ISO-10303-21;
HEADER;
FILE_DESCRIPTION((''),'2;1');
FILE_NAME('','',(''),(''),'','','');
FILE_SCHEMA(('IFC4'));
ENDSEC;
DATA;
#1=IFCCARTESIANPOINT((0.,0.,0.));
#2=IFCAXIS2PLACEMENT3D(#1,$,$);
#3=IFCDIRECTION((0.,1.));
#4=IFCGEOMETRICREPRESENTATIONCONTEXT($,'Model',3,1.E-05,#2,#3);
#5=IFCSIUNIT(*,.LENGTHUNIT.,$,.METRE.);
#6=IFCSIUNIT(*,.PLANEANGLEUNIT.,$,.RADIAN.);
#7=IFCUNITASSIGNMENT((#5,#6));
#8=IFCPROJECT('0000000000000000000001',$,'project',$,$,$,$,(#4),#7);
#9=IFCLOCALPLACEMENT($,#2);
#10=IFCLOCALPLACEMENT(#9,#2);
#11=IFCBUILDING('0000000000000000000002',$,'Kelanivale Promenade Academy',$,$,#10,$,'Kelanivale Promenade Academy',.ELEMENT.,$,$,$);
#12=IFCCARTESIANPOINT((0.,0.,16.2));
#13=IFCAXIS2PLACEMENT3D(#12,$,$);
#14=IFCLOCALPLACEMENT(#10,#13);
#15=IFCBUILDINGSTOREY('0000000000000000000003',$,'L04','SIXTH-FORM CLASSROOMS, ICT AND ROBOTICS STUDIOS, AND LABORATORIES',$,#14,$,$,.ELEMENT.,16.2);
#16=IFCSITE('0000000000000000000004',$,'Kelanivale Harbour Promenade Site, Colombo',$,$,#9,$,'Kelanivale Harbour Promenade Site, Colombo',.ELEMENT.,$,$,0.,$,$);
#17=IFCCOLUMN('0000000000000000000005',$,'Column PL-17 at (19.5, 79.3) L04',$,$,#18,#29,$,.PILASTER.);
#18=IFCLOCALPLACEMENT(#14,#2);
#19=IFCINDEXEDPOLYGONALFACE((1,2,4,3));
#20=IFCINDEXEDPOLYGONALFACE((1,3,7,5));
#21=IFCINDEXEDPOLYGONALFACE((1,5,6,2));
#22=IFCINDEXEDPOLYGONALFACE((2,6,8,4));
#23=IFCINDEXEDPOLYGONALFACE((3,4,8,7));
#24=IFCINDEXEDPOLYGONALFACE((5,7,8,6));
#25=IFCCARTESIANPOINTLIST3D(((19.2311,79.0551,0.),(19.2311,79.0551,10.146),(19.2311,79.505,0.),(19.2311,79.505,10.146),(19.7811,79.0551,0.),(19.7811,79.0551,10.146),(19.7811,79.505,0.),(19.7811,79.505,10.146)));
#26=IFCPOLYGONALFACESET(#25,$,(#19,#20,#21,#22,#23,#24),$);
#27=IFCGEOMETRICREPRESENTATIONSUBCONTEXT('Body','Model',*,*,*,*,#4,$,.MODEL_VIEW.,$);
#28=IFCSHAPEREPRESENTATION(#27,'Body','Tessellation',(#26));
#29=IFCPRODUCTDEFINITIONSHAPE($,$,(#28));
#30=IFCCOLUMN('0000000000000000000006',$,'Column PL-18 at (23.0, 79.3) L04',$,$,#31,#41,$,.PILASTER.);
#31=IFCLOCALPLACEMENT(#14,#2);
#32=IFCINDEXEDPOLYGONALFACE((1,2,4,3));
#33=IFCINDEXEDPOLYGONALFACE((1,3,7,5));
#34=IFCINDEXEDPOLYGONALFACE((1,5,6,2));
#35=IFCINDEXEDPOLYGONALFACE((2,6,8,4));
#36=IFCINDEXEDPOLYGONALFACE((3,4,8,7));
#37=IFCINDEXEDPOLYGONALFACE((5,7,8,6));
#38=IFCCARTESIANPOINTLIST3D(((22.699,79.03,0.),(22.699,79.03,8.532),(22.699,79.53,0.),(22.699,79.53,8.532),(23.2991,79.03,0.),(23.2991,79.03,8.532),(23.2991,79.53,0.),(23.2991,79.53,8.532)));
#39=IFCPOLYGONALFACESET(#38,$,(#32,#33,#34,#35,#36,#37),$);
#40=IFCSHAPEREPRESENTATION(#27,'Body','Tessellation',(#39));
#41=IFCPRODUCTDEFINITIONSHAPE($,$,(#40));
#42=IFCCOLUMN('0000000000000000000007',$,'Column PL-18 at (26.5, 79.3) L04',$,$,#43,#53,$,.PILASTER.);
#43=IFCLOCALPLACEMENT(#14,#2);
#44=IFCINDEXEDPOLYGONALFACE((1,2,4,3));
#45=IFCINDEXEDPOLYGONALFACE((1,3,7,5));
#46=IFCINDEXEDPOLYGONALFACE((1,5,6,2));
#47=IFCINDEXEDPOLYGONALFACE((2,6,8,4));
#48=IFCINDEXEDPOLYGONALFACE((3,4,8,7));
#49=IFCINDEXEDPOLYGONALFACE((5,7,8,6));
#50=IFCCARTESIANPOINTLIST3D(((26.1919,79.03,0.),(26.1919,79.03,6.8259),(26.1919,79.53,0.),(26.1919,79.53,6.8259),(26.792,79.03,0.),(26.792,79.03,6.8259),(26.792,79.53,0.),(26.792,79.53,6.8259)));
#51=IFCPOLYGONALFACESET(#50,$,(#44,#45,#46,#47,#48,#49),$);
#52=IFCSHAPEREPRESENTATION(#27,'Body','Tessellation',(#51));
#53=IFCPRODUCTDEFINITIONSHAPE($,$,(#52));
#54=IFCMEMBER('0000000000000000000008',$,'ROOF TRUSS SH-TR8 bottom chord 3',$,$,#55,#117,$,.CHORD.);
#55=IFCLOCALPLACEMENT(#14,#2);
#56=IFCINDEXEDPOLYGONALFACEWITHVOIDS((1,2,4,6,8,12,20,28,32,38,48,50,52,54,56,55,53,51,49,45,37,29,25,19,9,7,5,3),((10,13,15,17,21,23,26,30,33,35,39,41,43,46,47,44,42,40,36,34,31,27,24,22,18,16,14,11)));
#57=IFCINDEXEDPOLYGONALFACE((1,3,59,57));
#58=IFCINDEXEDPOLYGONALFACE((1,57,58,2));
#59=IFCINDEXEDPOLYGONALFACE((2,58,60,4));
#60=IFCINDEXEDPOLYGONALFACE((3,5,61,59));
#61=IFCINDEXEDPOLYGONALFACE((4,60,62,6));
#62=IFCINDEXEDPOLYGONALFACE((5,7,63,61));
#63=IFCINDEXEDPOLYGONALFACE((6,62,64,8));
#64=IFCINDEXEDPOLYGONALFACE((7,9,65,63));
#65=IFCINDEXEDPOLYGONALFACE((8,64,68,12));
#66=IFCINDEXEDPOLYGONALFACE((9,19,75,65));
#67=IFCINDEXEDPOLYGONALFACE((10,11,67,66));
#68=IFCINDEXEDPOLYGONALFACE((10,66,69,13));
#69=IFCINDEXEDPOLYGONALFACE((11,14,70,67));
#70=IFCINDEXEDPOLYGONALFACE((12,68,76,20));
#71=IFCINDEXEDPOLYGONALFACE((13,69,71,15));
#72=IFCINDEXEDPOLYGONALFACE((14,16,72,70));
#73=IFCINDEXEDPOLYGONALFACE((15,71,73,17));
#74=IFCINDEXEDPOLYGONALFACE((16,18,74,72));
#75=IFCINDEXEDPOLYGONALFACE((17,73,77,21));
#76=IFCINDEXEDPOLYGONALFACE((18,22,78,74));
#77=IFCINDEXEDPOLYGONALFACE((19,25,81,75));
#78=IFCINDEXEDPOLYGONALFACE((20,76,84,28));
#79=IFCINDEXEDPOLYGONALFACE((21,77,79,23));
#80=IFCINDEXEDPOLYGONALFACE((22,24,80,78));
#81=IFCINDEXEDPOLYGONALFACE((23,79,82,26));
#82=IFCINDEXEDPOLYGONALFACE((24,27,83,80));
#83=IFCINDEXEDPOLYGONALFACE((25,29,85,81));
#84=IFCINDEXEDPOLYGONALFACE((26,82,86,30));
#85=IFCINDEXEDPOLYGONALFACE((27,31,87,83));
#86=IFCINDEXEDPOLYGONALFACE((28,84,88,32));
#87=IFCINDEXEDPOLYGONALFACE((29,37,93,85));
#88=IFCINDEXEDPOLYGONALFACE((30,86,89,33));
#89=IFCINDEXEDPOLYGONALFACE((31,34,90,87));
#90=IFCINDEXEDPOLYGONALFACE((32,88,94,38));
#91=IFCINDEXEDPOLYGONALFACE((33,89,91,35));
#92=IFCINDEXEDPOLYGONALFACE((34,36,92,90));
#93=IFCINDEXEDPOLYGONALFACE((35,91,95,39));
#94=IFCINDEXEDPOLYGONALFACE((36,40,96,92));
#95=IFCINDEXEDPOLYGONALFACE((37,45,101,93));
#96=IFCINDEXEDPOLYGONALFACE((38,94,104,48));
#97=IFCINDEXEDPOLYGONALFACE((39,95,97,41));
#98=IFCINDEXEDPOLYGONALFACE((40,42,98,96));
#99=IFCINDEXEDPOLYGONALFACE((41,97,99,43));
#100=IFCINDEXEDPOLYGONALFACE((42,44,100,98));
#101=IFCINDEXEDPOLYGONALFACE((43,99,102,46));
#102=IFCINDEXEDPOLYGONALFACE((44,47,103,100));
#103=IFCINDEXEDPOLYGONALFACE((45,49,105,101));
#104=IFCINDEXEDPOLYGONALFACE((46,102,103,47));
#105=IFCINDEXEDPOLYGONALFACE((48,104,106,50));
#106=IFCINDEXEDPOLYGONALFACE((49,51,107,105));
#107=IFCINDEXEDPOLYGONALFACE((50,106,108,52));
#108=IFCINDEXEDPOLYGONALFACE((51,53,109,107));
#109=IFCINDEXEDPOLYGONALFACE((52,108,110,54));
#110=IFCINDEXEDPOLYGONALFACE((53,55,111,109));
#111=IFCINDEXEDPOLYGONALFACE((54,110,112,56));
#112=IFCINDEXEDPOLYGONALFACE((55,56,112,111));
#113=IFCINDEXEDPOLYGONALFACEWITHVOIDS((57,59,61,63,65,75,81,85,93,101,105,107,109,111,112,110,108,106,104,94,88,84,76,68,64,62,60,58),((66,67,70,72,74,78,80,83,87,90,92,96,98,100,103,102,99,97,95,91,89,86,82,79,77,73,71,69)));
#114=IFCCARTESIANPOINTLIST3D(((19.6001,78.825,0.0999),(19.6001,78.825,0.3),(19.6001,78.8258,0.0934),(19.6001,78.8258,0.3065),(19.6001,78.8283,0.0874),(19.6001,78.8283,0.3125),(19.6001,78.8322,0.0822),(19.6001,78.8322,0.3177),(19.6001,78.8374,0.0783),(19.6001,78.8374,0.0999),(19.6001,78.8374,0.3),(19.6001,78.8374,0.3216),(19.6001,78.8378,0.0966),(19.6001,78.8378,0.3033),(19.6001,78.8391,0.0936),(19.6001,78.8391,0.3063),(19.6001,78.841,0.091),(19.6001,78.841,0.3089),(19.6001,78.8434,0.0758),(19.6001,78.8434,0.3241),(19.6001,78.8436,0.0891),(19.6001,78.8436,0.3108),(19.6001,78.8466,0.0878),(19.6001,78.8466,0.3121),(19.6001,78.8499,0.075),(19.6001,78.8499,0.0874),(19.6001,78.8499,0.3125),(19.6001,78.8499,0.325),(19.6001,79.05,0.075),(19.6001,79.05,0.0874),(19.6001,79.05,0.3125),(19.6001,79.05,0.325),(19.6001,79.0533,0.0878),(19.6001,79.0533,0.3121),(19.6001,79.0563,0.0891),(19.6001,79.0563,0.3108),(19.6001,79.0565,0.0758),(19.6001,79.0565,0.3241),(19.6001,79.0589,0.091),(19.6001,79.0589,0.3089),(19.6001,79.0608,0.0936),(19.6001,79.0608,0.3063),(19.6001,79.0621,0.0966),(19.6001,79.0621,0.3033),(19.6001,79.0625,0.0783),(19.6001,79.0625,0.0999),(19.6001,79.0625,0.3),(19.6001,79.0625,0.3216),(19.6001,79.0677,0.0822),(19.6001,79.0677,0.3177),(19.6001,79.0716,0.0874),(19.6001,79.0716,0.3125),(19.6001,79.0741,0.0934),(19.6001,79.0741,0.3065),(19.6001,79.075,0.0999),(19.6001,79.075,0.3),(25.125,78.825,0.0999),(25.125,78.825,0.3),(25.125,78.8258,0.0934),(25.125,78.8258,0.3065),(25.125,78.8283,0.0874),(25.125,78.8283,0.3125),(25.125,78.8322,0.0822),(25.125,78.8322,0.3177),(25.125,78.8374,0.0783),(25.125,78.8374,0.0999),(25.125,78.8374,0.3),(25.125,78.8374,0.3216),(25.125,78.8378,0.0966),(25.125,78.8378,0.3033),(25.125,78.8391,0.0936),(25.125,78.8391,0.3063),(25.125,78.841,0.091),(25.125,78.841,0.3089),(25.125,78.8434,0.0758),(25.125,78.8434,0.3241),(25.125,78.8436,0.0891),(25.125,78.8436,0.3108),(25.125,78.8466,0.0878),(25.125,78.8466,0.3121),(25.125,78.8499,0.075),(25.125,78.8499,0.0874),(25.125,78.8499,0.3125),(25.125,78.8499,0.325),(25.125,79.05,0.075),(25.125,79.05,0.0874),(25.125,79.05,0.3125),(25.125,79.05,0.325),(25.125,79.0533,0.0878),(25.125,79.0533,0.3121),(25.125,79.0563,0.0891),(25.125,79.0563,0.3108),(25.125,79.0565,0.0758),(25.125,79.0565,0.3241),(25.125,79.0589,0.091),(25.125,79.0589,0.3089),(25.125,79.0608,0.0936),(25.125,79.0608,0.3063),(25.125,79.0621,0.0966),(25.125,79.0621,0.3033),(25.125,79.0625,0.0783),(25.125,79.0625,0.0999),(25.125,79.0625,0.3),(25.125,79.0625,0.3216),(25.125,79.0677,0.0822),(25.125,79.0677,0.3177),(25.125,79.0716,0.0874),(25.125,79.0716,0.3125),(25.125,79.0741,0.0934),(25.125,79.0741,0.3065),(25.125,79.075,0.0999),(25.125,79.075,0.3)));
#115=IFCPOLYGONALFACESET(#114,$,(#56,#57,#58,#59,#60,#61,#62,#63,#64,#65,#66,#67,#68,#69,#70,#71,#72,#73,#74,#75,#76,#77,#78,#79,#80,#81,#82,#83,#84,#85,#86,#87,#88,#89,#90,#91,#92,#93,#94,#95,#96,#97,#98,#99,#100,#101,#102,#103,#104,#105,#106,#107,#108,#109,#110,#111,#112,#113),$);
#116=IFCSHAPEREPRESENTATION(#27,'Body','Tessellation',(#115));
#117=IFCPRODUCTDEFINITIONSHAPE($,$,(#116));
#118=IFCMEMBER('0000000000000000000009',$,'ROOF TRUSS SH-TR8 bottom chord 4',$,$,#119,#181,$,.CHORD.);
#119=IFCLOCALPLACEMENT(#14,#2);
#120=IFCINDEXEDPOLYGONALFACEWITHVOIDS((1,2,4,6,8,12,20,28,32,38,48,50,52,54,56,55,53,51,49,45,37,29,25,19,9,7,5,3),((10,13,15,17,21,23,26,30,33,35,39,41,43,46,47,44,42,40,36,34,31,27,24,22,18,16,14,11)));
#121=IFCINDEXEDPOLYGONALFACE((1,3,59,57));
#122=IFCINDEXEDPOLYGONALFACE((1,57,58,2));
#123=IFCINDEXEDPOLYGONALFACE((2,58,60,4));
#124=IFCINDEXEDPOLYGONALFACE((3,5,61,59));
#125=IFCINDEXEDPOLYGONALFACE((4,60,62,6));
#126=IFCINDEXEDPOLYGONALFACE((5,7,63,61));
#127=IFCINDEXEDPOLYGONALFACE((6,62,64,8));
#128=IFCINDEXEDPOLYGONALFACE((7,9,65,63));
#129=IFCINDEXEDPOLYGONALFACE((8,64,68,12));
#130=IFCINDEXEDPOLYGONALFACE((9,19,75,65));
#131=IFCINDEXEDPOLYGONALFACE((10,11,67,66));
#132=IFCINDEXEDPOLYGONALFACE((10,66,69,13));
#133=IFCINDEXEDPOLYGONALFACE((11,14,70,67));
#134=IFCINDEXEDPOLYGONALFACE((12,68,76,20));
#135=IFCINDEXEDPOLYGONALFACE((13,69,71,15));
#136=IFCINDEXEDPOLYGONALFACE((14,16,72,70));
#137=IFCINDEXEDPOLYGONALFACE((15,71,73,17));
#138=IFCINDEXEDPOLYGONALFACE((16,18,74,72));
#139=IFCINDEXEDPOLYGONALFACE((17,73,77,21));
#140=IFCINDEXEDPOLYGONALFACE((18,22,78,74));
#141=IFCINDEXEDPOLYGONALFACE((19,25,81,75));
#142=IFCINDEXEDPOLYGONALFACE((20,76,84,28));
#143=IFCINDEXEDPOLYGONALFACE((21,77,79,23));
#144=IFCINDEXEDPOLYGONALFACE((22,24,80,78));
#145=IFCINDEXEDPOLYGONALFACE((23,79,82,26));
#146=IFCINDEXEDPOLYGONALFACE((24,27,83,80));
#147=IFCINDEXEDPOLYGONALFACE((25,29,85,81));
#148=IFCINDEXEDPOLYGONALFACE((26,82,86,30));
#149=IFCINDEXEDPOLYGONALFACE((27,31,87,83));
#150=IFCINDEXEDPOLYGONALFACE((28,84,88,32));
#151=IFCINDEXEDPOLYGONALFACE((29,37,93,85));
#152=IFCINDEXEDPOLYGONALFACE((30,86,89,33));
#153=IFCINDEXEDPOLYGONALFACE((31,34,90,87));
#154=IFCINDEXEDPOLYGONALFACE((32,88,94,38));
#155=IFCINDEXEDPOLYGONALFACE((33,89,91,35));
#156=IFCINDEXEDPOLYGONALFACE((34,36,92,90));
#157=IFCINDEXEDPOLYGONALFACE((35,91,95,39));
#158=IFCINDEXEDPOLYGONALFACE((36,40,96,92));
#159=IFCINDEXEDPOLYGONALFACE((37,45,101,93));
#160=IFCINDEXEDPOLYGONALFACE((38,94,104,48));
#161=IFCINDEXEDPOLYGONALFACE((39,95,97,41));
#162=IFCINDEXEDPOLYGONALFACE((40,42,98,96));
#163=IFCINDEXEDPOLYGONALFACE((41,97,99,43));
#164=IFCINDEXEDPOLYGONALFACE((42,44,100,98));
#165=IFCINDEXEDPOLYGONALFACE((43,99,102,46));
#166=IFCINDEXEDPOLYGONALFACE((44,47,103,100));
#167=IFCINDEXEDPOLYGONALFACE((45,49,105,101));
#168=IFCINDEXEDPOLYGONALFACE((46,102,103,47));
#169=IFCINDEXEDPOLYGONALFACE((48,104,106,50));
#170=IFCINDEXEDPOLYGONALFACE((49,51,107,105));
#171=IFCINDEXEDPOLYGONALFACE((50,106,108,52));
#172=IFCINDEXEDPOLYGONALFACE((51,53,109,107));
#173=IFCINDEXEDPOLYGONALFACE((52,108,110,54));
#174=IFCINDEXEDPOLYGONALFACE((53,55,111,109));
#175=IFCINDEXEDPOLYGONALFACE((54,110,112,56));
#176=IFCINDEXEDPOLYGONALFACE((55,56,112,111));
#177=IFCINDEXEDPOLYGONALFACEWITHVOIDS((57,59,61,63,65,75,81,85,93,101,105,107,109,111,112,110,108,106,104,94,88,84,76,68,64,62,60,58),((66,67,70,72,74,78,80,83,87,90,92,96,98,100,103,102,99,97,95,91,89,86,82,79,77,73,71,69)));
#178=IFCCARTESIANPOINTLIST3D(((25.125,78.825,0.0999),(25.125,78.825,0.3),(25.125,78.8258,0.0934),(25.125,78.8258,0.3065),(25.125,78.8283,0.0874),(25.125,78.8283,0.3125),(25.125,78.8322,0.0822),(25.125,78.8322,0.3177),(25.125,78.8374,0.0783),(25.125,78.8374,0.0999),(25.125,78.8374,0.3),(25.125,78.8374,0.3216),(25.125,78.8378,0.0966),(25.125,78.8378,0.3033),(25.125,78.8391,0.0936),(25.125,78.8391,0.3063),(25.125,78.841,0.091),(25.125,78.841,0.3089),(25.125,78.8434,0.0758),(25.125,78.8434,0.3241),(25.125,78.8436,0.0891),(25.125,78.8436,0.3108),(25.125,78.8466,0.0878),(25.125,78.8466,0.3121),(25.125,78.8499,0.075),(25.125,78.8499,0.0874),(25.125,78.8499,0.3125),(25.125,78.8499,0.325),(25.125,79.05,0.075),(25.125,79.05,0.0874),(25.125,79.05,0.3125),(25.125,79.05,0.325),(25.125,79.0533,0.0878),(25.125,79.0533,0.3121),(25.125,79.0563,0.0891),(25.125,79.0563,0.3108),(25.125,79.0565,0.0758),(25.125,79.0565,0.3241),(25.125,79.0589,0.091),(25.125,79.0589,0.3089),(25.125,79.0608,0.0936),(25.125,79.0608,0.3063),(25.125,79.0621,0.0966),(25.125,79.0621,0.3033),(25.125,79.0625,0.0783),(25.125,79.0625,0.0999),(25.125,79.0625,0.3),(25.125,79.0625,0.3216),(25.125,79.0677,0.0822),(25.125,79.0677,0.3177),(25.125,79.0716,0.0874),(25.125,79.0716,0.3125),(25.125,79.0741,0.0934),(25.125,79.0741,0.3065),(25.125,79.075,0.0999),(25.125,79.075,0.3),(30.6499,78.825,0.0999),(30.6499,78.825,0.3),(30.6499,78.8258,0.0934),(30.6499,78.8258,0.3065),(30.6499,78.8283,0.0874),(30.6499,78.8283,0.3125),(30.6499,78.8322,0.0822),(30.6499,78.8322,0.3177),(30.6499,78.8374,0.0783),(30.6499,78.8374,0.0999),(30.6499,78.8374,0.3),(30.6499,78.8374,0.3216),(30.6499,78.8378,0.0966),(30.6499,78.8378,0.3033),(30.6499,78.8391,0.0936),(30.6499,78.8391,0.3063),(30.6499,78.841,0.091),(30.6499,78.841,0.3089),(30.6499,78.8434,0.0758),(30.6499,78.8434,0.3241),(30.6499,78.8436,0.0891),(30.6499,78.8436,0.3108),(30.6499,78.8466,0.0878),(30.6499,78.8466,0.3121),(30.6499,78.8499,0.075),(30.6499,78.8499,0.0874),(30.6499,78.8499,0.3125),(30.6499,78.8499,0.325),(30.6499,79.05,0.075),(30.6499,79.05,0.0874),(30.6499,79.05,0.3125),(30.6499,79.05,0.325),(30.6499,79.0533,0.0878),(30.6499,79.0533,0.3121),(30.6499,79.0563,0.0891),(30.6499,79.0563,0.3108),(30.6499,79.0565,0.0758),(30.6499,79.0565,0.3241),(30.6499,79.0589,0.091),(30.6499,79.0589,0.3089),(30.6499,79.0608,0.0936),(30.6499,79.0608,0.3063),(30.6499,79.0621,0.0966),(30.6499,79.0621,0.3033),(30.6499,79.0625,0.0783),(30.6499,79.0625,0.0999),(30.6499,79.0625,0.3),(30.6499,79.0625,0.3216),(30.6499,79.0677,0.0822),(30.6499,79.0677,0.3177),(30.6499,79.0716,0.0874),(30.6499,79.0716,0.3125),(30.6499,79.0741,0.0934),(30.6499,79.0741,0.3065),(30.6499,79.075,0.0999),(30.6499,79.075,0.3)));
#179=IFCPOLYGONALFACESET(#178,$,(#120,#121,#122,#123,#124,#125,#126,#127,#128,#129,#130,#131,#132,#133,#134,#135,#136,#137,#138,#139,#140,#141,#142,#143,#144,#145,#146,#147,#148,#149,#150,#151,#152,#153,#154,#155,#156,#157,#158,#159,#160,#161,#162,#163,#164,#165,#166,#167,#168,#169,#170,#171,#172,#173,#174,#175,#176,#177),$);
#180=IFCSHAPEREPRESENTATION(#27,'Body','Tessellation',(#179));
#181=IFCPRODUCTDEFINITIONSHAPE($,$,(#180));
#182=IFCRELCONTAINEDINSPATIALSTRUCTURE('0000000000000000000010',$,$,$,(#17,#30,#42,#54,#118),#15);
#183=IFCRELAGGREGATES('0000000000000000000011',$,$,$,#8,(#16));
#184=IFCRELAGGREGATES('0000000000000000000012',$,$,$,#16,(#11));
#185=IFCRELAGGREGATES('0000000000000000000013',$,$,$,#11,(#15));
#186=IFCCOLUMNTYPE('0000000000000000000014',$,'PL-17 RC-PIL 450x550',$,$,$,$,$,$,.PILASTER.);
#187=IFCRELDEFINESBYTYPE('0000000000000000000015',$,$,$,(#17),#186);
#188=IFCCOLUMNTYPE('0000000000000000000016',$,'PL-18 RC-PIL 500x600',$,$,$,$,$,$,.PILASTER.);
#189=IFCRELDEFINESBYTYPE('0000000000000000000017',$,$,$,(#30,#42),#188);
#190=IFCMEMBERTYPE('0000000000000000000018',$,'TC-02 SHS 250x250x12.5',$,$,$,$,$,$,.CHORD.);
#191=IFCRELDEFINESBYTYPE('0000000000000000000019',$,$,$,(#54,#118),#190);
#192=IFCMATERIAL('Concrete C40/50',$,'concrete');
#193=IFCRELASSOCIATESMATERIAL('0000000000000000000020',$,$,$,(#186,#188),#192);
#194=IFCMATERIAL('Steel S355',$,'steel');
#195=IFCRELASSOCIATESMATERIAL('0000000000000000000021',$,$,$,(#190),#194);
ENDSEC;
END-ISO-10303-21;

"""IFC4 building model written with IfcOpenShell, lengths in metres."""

from ifc_helpers import new_model, si_unit, direction, frame, origin, origin_2d, place, context, subcontext, project, spatial, rectangle, hollow_rectangle, extrude, material, material_profile, profile_set, type_object, element, save


model = new_model("IFC4")

# Units and contexts
model_context = context("Model", 3, precision=1e-05, world=origin(), true_north=direction((0.0, 1.0)))
body_context = subcontext(model_context, "Body", "Model", "MODEL_VIEW")
ifc_project = project(units=[si_unit("LENGTHUNIT", "METRE"), si_unit("PLANEANGLEUNIT", "RADIAN")], contexts=[model_context])

# Site, building, storey
site_placement = place(None, origin())
site = spatial("IfcSite", under=ifc_project, at=site_placement, Name="Kelanivale Harbour Promenade Site, Colombo", LongName="Kelanivale Harbour Promenade Site, Colombo", CompositionType="ELEMENT", RefElevation=0.0)
building_placement = place(site_placement, origin())
building = spatial("IfcBuilding", under=site, at=building_placement, Name="Kelanivale Promenade Academy", LongName="Kelanivale Promenade Academy", CompositionType="ELEMENT")
storey_placement = place(building_placement, frame((0.0, 0.0, 16.2)))
storey = spatial("IfcBuildingStorey", under=building, at=storey_placement, Name="L04", Description="SIXTH-FORM CLASSROOMS, ICT AND ROBOTICS STUDIOS, AND LABORATORIES", CompositionType="ELEMENT", Elevation=16.2)

# Columns
ifc_material_1 = material(Name="Concrete C40/50", Category="concrete")
ifc_material_profile_1 = material_profile(ifc_material_1, rectangle(XDim=0.45, YDim=0.55, at=origin_2d()), Name="RC-PIL 450x550")
ifc_profile_set_1 = profile_set([ifc_material_profile_1], Name="Concrete C40/50")
column_type_1 = type_object("IfcColumnType", Name="PL-17 RC-PIL 450x550", PredefinedType="PILASTER", material=ifc_profile_set_1)
column_1_placement = place(storey_placement, frame((19.5061, 79.28, 0.0), z_axis=(0.0, 0.0, 1.0), x_axis=(0.0, 1.0, 0.0)))
element("IfcColumn", 1, at=column_1_placement, inside=storey, type_object=column_type_1, Name="Column PL-17 at (19.5, 79.3) L04", PredefinedType="PILASTER", context=body_context, shape_type="SweptSolid", body=[
    extrude(rectangle(XDim=0.45, YDim=0.55, at=origin_2d()), origin(), (0.0, 0.0, 1.0), 10.146),
])
ifc_material_profile_2 = material_profile(ifc_material_1, rectangle(XDim=0.5, YDim=0.6001, at=origin_2d()), Name="RC-PIL 500x600")
ifc_profile_set_2 = profile_set([ifc_material_profile_2], Name="Concrete C40/50")
column_type_2 = type_object("IfcColumnType", Name="PL-18 RC-PIL 500x600", PredefinedType="PILASTER", material=ifc_profile_set_2)
column_2_placement = place(storey_placement, frame((22.999, 79.28, 0.0), z_axis=(0.0, 0.0, 1.0), x_axis=(0.0, 1.0, 0.0)))
element("IfcColumn", 2, at=column_2_placement, inside=storey, type_object=column_type_2, Name="Column PL-18 at (23.0, 79.3) L04", PredefinedType="PILASTER", context=body_context, shape_type="SweptSolid", body=[
    extrude(rectangle(XDim=0.5, YDim=0.6001, at=origin_2d()), origin(), (0.0, 0.0, 1.0), 8.532),
])
column_3_placement = place(storey_placement, frame((26.4919, 79.28, 0.0), z_axis=(0.0, 0.0, 1.0), x_axis=(0.0, 1.0, 0.0)))
element("IfcColumn", 3, at=column_3_placement, inside=storey, type_object=column_type_2, Name="Column PL-18 at (26.5, 79.3) L04", PredefinedType="PILASTER", context=body_context, shape_type="SweptSolid", body=[
    extrude(rectangle(XDim=0.5, YDim=0.6001, at=origin_2d()), origin(), (0.0, 0.0, 1.0), 6.8259),
])

# Members
ifc_material_2 = material(Name="Steel S355", Category="steel")
ifc_material_profile_3 = material_profile(ifc_material_2, hollow_rectangle(XDim=0.25, YDim=0.25, WallThickness=0.0125, InnerFilletRadius=0.0125, OuterFilletRadius=0.0249, at=origin_2d()), Name="SHS 250x250x12.5")
ifc_profile_set_3 = profile_set([ifc_material_profile_3], Name="Steel S355")
member_type_1 = type_object("IfcMemberType", Name="TC-02 SHS 250x250x12.5", PredefinedType="CHORD", material=ifc_profile_set_3)
for number, where, z_axis, x_axis, name in (
    (4, (19.6001, 78.95, 0.2), (1.0, 0.0, 0.0), (0.0, 1.0, 0.0), "ROOF TRUSS SH-TR8 bottom chord 3"),
    (5, (25.125, 78.95, 0.2), (1.0, 0.0, 0.0), (0.0, 1.0, 0.0), "ROOF TRUSS SH-TR8 bottom chord 4"),
):
    element("IfcMember", number, at=place(storey_placement, frame(where, z_axis=z_axis, x_axis=x_axis)), inside=storey, type_object=member_type_1, Name=name, PredefinedType="CHORD", context=body_context, shape_type="SweptSolid", body=[
        extrude(hollow_rectangle(XDim=0.25, YDim=0.25, WallThickness=0.0125, InnerFilletRadius=0.0125, OuterFilletRadius=0.0249, at=origin_2d()), origin(), (0.0, 0.0, 1.0), 5.5249),
    ])

save(model, "model.ifc")
